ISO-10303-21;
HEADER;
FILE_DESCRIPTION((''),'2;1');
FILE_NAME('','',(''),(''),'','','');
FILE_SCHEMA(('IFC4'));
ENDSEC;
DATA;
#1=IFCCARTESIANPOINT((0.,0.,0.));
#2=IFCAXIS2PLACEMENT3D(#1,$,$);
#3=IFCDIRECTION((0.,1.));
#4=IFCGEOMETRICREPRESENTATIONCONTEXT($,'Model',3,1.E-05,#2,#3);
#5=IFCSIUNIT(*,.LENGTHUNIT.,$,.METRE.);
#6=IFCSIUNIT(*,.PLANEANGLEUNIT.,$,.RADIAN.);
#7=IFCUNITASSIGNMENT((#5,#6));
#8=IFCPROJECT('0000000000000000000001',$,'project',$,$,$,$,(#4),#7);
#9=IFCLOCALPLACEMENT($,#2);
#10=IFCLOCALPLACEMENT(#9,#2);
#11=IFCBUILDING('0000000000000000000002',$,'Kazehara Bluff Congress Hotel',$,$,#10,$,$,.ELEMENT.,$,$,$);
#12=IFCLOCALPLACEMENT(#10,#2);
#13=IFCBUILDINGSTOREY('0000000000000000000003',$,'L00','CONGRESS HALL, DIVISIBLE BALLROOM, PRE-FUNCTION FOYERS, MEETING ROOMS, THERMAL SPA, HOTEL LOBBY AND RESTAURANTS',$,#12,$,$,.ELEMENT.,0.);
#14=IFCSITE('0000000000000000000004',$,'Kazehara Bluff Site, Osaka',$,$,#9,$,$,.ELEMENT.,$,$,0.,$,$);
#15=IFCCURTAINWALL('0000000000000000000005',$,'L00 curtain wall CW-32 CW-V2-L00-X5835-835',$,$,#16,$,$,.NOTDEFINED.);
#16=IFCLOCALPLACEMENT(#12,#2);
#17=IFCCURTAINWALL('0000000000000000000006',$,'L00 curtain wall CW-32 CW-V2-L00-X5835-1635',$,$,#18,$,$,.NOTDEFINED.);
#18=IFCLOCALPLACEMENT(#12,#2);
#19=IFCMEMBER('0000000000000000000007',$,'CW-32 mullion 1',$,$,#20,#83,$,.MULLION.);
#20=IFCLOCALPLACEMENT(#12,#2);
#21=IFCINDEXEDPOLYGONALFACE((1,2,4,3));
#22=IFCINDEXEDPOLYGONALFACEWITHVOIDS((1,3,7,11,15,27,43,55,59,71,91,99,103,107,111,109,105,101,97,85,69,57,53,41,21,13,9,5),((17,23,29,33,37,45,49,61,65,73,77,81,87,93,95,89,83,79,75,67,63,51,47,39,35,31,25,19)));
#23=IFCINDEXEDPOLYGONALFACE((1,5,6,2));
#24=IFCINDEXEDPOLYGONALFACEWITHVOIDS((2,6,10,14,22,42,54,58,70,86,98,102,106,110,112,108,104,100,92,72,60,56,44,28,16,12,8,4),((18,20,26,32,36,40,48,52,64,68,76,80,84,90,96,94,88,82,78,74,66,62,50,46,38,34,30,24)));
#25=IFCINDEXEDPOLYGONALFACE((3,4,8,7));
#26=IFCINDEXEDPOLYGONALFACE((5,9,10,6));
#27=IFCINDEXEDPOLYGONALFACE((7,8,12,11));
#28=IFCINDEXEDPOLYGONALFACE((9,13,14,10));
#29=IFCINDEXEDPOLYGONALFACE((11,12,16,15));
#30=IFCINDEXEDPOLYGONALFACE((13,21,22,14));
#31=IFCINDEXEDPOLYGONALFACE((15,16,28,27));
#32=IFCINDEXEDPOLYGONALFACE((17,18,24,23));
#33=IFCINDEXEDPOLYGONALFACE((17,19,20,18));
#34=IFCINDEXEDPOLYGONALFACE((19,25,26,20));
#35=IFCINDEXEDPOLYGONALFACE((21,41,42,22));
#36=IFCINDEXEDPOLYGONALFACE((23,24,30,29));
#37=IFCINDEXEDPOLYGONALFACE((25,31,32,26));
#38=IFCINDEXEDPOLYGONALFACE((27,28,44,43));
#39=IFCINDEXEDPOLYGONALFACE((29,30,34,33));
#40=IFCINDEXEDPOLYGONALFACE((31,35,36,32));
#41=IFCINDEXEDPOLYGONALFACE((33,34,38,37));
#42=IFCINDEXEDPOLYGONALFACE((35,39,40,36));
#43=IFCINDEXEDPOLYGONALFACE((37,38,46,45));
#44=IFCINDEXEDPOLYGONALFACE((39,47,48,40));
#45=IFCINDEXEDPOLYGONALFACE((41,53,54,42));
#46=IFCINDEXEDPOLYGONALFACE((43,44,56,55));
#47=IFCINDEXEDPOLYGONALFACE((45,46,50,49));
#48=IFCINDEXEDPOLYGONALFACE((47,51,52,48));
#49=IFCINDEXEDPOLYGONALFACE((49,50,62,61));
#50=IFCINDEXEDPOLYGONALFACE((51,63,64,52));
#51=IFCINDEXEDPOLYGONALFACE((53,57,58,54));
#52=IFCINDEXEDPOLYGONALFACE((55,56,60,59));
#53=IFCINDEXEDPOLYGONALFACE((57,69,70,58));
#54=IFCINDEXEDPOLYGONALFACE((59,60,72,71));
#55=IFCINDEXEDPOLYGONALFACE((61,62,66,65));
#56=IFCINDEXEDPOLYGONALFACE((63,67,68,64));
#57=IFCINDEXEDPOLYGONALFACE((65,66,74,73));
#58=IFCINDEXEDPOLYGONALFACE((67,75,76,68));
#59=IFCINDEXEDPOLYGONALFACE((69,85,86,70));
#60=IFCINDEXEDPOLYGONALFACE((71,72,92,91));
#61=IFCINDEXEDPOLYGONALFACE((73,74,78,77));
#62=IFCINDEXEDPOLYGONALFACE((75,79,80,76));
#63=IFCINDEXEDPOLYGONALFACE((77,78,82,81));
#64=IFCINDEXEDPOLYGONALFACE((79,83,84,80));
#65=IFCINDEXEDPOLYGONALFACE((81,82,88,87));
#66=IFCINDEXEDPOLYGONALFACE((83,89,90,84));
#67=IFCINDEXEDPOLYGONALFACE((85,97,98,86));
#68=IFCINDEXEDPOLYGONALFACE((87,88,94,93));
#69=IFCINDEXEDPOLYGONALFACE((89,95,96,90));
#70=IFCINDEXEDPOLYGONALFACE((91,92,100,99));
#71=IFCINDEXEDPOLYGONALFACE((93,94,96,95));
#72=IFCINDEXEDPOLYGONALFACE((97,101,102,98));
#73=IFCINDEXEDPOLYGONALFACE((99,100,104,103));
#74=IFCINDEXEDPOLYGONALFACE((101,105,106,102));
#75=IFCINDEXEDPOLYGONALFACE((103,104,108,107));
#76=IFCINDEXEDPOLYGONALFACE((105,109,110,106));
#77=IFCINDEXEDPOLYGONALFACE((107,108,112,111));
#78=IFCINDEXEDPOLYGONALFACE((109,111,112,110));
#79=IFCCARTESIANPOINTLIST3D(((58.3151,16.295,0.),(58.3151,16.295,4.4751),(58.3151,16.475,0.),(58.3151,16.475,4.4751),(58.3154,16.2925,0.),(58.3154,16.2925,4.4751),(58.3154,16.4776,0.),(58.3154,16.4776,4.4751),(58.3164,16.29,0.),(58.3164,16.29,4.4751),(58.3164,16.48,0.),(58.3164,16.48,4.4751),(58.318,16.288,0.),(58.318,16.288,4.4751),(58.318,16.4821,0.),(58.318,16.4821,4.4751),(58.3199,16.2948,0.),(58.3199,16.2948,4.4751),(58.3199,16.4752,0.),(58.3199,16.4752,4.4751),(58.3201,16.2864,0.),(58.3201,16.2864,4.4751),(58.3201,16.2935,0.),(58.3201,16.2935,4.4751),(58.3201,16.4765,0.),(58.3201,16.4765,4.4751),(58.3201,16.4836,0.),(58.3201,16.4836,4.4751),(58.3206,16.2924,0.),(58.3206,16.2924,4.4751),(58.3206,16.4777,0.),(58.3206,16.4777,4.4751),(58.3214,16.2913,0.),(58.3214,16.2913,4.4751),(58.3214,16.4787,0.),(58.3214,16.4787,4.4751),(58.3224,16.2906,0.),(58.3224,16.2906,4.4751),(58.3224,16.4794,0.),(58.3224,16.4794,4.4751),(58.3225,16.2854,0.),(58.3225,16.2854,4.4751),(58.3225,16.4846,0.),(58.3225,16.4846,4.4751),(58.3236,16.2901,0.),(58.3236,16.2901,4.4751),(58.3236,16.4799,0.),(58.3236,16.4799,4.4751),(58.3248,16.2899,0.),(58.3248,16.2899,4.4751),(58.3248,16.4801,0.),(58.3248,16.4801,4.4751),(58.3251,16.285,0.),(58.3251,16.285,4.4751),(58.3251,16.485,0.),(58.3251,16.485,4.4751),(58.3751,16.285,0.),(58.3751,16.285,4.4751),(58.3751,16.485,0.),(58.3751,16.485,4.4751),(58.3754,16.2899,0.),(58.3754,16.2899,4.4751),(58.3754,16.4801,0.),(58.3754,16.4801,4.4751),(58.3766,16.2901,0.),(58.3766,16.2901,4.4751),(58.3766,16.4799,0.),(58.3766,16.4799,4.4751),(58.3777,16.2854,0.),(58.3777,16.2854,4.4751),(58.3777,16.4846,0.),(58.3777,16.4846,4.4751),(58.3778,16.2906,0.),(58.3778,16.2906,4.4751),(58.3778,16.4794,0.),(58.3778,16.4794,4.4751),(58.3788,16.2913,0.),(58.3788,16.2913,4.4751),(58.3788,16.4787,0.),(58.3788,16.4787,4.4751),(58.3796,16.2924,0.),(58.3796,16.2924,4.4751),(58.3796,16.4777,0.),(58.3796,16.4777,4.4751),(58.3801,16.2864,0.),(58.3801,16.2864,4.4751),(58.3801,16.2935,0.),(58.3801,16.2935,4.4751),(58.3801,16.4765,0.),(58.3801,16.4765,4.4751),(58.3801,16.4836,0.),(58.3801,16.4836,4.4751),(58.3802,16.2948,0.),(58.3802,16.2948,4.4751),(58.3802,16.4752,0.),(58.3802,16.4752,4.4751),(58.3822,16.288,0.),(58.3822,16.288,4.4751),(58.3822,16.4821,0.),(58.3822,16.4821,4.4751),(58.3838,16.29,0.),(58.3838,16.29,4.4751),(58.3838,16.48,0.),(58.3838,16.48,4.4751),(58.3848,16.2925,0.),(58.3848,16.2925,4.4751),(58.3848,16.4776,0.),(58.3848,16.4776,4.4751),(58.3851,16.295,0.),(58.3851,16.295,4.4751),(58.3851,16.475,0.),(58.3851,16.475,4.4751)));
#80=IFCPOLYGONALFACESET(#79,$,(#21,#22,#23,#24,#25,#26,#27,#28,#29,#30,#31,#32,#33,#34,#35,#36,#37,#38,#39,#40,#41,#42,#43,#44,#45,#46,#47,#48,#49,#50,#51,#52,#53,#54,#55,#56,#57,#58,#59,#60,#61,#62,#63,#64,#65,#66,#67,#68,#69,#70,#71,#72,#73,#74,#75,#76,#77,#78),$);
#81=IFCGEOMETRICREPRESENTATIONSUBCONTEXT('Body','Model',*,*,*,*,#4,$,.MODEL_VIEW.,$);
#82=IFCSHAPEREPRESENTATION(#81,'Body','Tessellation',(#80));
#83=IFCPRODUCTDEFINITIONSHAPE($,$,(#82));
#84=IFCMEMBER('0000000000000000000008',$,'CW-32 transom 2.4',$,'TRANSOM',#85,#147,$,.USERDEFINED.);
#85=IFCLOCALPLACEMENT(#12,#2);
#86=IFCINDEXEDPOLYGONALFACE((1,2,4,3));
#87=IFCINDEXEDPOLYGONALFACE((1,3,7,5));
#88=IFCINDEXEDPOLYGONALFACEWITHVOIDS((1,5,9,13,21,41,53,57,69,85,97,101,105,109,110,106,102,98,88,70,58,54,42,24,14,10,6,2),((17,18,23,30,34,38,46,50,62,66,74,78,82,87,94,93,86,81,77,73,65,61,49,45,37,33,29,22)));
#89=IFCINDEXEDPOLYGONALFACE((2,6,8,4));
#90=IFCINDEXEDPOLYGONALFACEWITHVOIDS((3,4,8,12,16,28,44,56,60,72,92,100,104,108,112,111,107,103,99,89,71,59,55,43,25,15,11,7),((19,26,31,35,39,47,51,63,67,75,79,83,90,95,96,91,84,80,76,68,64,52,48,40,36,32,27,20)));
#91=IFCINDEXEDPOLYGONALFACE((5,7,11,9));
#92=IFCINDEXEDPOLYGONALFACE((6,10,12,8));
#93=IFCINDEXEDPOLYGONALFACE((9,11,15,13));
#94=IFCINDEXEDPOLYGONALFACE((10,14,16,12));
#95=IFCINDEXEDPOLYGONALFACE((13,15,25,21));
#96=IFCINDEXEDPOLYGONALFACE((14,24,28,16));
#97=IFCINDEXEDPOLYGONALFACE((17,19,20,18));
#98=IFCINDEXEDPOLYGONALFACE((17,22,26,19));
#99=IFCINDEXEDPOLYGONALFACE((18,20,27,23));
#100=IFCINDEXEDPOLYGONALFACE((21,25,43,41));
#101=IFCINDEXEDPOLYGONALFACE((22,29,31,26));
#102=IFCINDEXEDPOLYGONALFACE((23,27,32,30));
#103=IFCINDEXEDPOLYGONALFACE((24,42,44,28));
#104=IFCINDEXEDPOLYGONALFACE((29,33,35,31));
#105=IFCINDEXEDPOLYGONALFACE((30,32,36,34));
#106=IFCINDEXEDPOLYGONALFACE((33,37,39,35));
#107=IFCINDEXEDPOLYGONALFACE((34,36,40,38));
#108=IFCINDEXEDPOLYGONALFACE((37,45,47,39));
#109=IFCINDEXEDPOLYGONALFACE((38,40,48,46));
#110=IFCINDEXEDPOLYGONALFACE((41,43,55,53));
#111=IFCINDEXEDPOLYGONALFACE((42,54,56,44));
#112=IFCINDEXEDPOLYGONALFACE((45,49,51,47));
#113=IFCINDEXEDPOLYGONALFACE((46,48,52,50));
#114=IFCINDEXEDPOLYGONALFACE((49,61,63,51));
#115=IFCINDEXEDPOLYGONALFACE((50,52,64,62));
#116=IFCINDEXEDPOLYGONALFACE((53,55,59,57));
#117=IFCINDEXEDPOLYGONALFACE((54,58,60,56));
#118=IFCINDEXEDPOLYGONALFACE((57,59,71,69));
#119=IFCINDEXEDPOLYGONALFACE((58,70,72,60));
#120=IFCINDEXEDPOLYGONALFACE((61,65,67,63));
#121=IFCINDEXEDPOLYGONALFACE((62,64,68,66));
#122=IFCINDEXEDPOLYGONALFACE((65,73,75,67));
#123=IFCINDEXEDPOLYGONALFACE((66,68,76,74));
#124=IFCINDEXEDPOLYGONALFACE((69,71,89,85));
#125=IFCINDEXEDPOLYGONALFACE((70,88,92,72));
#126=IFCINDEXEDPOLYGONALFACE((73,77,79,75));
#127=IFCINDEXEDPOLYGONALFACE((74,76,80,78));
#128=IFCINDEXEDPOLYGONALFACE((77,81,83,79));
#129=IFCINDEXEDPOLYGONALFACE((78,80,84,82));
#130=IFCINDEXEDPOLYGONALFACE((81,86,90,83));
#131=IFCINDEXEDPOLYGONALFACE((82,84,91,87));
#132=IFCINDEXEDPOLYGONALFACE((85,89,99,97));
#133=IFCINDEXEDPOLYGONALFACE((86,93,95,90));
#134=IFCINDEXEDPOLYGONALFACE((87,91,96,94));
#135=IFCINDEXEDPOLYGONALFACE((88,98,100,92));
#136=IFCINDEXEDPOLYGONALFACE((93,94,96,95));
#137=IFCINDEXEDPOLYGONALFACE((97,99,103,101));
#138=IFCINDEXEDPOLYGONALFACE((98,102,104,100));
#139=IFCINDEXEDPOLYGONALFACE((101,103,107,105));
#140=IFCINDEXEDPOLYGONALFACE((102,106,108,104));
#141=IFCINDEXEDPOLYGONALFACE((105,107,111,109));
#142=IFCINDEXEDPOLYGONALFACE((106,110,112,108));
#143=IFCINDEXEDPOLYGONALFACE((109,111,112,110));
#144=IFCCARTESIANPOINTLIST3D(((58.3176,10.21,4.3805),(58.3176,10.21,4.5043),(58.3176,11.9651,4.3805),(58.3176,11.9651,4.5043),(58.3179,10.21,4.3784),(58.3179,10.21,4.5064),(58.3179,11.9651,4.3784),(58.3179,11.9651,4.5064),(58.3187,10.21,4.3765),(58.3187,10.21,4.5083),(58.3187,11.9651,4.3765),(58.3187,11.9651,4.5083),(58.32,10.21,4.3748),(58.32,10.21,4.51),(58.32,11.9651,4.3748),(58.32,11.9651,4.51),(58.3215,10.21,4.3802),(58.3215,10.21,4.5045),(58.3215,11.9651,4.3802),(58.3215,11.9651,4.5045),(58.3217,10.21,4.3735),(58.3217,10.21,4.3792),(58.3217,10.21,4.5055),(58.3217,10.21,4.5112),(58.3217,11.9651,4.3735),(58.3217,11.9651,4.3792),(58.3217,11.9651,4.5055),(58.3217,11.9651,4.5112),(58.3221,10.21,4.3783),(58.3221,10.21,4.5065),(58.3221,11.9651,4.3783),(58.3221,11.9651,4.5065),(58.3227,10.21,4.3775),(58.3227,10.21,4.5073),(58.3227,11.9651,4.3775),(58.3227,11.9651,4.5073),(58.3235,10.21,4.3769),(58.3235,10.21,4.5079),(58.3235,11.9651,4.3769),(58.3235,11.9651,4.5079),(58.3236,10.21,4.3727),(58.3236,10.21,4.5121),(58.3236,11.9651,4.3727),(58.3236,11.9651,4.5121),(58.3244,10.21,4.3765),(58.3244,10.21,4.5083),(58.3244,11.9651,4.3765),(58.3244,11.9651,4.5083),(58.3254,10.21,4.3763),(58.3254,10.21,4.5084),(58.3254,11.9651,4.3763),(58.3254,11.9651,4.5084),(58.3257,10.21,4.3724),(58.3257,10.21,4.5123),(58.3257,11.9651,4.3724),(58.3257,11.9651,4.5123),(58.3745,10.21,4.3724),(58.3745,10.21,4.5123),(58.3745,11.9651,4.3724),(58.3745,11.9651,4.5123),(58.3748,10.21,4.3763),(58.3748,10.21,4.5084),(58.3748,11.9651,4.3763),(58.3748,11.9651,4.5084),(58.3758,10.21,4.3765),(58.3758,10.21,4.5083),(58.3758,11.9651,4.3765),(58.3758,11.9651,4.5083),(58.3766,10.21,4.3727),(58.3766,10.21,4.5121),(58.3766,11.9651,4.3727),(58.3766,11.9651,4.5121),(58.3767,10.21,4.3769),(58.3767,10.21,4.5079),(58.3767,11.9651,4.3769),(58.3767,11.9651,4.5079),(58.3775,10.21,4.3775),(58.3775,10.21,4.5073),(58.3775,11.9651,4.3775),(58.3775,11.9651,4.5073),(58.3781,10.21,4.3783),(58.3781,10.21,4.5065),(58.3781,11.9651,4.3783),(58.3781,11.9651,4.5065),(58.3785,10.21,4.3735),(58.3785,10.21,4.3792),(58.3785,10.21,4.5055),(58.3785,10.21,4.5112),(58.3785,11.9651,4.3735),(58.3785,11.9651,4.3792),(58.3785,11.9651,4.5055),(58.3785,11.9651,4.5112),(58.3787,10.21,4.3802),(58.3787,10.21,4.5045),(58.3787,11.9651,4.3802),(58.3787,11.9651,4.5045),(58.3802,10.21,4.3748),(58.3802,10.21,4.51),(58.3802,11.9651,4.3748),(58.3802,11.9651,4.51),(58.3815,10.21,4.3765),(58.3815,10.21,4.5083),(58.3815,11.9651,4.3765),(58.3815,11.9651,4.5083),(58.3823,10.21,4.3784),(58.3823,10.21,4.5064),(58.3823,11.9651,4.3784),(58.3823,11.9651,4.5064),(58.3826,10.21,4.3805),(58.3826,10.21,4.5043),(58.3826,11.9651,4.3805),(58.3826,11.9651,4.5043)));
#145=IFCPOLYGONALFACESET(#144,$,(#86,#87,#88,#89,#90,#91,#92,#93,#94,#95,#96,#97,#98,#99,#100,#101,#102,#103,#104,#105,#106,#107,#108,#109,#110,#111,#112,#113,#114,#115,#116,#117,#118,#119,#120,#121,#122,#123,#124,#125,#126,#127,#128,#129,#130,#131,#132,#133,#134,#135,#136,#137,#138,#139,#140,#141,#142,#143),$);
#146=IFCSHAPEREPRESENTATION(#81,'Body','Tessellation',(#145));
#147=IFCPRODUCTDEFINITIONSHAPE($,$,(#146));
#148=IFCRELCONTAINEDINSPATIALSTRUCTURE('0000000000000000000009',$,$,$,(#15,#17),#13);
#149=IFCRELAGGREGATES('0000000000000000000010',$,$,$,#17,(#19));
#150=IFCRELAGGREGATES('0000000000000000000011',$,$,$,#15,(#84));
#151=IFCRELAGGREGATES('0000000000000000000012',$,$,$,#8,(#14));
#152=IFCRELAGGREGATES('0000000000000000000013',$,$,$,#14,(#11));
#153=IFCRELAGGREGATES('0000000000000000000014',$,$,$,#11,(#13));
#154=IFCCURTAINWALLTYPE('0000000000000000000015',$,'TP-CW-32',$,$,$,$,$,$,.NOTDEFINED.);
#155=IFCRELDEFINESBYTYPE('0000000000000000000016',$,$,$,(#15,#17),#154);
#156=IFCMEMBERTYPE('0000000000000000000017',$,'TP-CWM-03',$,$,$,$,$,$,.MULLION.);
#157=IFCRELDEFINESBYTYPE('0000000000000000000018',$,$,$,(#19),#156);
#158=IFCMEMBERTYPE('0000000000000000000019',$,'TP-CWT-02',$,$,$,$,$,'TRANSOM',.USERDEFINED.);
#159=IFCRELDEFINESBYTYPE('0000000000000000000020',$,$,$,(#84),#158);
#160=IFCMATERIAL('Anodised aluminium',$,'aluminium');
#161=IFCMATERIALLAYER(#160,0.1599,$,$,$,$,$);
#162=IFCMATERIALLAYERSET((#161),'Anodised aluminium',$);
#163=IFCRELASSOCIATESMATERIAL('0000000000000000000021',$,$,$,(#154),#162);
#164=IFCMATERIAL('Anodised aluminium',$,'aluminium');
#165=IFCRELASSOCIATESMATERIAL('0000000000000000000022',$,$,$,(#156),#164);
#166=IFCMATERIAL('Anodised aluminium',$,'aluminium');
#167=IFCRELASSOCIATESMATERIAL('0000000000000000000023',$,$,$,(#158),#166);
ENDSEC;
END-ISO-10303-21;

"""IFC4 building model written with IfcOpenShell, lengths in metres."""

from ifc_helpers import new_model, si_unit, direction, frame, origin, origin_2d, place, context, subcontext, project, spatial, hollow_rectangle, extrude, material, layer, layer_set, material_profile, profile_set, type_object, element, aggregate, save


model = new_model("IFC4")

# Units and contexts
model_context = context("Model", 3, precision=1e-05, world=origin(), true_north=direction((0.0, 1.0)))
body_context = subcontext(model_context, "Body", "Model", "MODEL_VIEW")
ifc_project = project(units=[si_unit("LENGTHUNIT", "METRE"), si_unit("PLANEANGLEUNIT", "RADIAN")], contexts=[model_context])

# Site, building, storey
site_placement = place(None, origin())
site = spatial("IfcSite", under=ifc_project, at=site_placement, Name="Kazehara Bluff Site, Osaka", CompositionType="ELEMENT", RefElevation=0.0)
building_placement = place(site_placement, origin())
building = spatial("IfcBuilding", under=site, at=building_placement, Name="Kazehara Bluff Congress Hotel", CompositionType="ELEMENT")
storey_placement = place(building_placement, origin())
storey = spatial("IfcBuildingStorey", under=building, at=storey_placement, Name="L00", Description="CONGRESS HALL, DIVISIBLE BALLROOM, PRE-FUNCTION FOYERS, MEETING ROOMS, THERMAL SPA, HOTEL LOBBY AND RESTAURANTS", CompositionType="ELEMENT", Elevation=0.0)

# Curtain wall
ifc_material_1 = material(Name="Anodised aluminium", Category="aluminium")
ifc_layer_1 = layer(ifc_material_1, 0.1599)
ifc_layer_set_1 = layer_set([ifc_layer_1], Name="Anodised aluminium")
curtain_wall_type = type_object("IfcCurtainWallType", Name="TP-CW-32", PredefinedType="NOTDEFINED", material=ifc_layer_set_1)
curtain_wall_1_placement = place(storey_placement, origin())
curtain_wall_1 = element("IfcCurtainWall", 1, at=curtain_wall_1_placement, inside=storey, type_object=curtain_wall_type, Name="L00 curtain wall CW-32 CW-V2-L00-X5835-835", PredefinedType="NOTDEFINED")
ifc_material_2 = material(Name="Anodised aluminium", Category="aluminium")
ifc_material_profile_1 = material_profile(ifc_material_2, hollow_rectangle(XDim=0.0701, YDim=0.2, WallThickness=0.0049, InnerFilletRadius=0.0049, OuterFilletRadius=0.01, at=origin_2d()))
ifc_profile_set_1 = profile_set([ifc_material_profile_1], Name="Anodised aluminium")
member_type_1 = type_object("IfcMemberType", Name="TP-CWM-03", PredefinedType="MULLION", material=ifc_profile_set_1)

# Curtain wall, member
curtain_wall_2_placement = place(storey_placement, origin())
curtain_wall_2 = element("IfcCurtainWall", 2, at=curtain_wall_2_placement, inside=storey, type_object=curtain_wall_type, Name="L00 curtain wall CW-32 CW-V2-L00-X5835-1635", PredefinedType="NOTDEFINED")
member_1_placement = place(storey_placement, frame((58.3501, 16.385, 0.0), z_axis=(0.0, 0.0, 1.0), x_axis=(-1.0, 0.0, 0.0)))
member_1 = element("IfcMember", 3, at=member_1_placement, type_object=member_type_1, Name="CW-32 mullion 1", PredefinedType="MULLION", context=body_context, shape_type="SweptSolid", body=[
    extrude(hollow_rectangle(XDim=0.0701, YDim=0.2, WallThickness=0.0049, InnerFilletRadius=0.0049, OuterFilletRadius=0.01, at=origin_2d()), origin(), (0.0, 0.0, 1.0), 4.4751),
])

# Member
ifc_material_3 = material(Name="Anodised aluminium", Category="aluminium")
ifc_material_profile_2 = material_profile(ifc_material_3, hollow_rectangle(XDim=0.0649, YDim=0.1399, WallThickness=0.0039, InnerFilletRadius=0.0039, OuterFilletRadius=0.0081, at=origin_2d()))
ifc_profile_set_2 = profile_set([ifc_material_profile_2], Name="Anodised aluminium")
member_type_2 = type_object("IfcMemberType", Name="TP-CWT-02", ElementType="TRANSOM", PredefinedType="USERDEFINED", material=ifc_profile_set_2)
member_2_placement = place(storey_placement, frame((58.3501, 10.21, 4.4424), z_axis=(0.0, 1.0, 0.0), x_axis=(-1.0, 0.0, 0.0)))
member_2 = element("IfcMember", 4, at=member_2_placement, type_object=member_type_2, Name="CW-32 transom 2.4", ObjectType="TRANSOM", PredefinedType="USERDEFINED", context=body_context, shape_type="SweptSolid", body=[
    extrude(hollow_rectangle(XDim=0.0649, YDim=0.1399, WallThickness=0.0039, InnerFilletRadius=0.0039, OuterFilletRadius=0.0081, at=origin_2d()), origin(), (0.0, 0.0, 1.0), 1.7551),
])
aggregate(curtain_wall_2, [member_1])

aggregate(curtain_wall_1, [member_2])

save(model, "model.ifc")
